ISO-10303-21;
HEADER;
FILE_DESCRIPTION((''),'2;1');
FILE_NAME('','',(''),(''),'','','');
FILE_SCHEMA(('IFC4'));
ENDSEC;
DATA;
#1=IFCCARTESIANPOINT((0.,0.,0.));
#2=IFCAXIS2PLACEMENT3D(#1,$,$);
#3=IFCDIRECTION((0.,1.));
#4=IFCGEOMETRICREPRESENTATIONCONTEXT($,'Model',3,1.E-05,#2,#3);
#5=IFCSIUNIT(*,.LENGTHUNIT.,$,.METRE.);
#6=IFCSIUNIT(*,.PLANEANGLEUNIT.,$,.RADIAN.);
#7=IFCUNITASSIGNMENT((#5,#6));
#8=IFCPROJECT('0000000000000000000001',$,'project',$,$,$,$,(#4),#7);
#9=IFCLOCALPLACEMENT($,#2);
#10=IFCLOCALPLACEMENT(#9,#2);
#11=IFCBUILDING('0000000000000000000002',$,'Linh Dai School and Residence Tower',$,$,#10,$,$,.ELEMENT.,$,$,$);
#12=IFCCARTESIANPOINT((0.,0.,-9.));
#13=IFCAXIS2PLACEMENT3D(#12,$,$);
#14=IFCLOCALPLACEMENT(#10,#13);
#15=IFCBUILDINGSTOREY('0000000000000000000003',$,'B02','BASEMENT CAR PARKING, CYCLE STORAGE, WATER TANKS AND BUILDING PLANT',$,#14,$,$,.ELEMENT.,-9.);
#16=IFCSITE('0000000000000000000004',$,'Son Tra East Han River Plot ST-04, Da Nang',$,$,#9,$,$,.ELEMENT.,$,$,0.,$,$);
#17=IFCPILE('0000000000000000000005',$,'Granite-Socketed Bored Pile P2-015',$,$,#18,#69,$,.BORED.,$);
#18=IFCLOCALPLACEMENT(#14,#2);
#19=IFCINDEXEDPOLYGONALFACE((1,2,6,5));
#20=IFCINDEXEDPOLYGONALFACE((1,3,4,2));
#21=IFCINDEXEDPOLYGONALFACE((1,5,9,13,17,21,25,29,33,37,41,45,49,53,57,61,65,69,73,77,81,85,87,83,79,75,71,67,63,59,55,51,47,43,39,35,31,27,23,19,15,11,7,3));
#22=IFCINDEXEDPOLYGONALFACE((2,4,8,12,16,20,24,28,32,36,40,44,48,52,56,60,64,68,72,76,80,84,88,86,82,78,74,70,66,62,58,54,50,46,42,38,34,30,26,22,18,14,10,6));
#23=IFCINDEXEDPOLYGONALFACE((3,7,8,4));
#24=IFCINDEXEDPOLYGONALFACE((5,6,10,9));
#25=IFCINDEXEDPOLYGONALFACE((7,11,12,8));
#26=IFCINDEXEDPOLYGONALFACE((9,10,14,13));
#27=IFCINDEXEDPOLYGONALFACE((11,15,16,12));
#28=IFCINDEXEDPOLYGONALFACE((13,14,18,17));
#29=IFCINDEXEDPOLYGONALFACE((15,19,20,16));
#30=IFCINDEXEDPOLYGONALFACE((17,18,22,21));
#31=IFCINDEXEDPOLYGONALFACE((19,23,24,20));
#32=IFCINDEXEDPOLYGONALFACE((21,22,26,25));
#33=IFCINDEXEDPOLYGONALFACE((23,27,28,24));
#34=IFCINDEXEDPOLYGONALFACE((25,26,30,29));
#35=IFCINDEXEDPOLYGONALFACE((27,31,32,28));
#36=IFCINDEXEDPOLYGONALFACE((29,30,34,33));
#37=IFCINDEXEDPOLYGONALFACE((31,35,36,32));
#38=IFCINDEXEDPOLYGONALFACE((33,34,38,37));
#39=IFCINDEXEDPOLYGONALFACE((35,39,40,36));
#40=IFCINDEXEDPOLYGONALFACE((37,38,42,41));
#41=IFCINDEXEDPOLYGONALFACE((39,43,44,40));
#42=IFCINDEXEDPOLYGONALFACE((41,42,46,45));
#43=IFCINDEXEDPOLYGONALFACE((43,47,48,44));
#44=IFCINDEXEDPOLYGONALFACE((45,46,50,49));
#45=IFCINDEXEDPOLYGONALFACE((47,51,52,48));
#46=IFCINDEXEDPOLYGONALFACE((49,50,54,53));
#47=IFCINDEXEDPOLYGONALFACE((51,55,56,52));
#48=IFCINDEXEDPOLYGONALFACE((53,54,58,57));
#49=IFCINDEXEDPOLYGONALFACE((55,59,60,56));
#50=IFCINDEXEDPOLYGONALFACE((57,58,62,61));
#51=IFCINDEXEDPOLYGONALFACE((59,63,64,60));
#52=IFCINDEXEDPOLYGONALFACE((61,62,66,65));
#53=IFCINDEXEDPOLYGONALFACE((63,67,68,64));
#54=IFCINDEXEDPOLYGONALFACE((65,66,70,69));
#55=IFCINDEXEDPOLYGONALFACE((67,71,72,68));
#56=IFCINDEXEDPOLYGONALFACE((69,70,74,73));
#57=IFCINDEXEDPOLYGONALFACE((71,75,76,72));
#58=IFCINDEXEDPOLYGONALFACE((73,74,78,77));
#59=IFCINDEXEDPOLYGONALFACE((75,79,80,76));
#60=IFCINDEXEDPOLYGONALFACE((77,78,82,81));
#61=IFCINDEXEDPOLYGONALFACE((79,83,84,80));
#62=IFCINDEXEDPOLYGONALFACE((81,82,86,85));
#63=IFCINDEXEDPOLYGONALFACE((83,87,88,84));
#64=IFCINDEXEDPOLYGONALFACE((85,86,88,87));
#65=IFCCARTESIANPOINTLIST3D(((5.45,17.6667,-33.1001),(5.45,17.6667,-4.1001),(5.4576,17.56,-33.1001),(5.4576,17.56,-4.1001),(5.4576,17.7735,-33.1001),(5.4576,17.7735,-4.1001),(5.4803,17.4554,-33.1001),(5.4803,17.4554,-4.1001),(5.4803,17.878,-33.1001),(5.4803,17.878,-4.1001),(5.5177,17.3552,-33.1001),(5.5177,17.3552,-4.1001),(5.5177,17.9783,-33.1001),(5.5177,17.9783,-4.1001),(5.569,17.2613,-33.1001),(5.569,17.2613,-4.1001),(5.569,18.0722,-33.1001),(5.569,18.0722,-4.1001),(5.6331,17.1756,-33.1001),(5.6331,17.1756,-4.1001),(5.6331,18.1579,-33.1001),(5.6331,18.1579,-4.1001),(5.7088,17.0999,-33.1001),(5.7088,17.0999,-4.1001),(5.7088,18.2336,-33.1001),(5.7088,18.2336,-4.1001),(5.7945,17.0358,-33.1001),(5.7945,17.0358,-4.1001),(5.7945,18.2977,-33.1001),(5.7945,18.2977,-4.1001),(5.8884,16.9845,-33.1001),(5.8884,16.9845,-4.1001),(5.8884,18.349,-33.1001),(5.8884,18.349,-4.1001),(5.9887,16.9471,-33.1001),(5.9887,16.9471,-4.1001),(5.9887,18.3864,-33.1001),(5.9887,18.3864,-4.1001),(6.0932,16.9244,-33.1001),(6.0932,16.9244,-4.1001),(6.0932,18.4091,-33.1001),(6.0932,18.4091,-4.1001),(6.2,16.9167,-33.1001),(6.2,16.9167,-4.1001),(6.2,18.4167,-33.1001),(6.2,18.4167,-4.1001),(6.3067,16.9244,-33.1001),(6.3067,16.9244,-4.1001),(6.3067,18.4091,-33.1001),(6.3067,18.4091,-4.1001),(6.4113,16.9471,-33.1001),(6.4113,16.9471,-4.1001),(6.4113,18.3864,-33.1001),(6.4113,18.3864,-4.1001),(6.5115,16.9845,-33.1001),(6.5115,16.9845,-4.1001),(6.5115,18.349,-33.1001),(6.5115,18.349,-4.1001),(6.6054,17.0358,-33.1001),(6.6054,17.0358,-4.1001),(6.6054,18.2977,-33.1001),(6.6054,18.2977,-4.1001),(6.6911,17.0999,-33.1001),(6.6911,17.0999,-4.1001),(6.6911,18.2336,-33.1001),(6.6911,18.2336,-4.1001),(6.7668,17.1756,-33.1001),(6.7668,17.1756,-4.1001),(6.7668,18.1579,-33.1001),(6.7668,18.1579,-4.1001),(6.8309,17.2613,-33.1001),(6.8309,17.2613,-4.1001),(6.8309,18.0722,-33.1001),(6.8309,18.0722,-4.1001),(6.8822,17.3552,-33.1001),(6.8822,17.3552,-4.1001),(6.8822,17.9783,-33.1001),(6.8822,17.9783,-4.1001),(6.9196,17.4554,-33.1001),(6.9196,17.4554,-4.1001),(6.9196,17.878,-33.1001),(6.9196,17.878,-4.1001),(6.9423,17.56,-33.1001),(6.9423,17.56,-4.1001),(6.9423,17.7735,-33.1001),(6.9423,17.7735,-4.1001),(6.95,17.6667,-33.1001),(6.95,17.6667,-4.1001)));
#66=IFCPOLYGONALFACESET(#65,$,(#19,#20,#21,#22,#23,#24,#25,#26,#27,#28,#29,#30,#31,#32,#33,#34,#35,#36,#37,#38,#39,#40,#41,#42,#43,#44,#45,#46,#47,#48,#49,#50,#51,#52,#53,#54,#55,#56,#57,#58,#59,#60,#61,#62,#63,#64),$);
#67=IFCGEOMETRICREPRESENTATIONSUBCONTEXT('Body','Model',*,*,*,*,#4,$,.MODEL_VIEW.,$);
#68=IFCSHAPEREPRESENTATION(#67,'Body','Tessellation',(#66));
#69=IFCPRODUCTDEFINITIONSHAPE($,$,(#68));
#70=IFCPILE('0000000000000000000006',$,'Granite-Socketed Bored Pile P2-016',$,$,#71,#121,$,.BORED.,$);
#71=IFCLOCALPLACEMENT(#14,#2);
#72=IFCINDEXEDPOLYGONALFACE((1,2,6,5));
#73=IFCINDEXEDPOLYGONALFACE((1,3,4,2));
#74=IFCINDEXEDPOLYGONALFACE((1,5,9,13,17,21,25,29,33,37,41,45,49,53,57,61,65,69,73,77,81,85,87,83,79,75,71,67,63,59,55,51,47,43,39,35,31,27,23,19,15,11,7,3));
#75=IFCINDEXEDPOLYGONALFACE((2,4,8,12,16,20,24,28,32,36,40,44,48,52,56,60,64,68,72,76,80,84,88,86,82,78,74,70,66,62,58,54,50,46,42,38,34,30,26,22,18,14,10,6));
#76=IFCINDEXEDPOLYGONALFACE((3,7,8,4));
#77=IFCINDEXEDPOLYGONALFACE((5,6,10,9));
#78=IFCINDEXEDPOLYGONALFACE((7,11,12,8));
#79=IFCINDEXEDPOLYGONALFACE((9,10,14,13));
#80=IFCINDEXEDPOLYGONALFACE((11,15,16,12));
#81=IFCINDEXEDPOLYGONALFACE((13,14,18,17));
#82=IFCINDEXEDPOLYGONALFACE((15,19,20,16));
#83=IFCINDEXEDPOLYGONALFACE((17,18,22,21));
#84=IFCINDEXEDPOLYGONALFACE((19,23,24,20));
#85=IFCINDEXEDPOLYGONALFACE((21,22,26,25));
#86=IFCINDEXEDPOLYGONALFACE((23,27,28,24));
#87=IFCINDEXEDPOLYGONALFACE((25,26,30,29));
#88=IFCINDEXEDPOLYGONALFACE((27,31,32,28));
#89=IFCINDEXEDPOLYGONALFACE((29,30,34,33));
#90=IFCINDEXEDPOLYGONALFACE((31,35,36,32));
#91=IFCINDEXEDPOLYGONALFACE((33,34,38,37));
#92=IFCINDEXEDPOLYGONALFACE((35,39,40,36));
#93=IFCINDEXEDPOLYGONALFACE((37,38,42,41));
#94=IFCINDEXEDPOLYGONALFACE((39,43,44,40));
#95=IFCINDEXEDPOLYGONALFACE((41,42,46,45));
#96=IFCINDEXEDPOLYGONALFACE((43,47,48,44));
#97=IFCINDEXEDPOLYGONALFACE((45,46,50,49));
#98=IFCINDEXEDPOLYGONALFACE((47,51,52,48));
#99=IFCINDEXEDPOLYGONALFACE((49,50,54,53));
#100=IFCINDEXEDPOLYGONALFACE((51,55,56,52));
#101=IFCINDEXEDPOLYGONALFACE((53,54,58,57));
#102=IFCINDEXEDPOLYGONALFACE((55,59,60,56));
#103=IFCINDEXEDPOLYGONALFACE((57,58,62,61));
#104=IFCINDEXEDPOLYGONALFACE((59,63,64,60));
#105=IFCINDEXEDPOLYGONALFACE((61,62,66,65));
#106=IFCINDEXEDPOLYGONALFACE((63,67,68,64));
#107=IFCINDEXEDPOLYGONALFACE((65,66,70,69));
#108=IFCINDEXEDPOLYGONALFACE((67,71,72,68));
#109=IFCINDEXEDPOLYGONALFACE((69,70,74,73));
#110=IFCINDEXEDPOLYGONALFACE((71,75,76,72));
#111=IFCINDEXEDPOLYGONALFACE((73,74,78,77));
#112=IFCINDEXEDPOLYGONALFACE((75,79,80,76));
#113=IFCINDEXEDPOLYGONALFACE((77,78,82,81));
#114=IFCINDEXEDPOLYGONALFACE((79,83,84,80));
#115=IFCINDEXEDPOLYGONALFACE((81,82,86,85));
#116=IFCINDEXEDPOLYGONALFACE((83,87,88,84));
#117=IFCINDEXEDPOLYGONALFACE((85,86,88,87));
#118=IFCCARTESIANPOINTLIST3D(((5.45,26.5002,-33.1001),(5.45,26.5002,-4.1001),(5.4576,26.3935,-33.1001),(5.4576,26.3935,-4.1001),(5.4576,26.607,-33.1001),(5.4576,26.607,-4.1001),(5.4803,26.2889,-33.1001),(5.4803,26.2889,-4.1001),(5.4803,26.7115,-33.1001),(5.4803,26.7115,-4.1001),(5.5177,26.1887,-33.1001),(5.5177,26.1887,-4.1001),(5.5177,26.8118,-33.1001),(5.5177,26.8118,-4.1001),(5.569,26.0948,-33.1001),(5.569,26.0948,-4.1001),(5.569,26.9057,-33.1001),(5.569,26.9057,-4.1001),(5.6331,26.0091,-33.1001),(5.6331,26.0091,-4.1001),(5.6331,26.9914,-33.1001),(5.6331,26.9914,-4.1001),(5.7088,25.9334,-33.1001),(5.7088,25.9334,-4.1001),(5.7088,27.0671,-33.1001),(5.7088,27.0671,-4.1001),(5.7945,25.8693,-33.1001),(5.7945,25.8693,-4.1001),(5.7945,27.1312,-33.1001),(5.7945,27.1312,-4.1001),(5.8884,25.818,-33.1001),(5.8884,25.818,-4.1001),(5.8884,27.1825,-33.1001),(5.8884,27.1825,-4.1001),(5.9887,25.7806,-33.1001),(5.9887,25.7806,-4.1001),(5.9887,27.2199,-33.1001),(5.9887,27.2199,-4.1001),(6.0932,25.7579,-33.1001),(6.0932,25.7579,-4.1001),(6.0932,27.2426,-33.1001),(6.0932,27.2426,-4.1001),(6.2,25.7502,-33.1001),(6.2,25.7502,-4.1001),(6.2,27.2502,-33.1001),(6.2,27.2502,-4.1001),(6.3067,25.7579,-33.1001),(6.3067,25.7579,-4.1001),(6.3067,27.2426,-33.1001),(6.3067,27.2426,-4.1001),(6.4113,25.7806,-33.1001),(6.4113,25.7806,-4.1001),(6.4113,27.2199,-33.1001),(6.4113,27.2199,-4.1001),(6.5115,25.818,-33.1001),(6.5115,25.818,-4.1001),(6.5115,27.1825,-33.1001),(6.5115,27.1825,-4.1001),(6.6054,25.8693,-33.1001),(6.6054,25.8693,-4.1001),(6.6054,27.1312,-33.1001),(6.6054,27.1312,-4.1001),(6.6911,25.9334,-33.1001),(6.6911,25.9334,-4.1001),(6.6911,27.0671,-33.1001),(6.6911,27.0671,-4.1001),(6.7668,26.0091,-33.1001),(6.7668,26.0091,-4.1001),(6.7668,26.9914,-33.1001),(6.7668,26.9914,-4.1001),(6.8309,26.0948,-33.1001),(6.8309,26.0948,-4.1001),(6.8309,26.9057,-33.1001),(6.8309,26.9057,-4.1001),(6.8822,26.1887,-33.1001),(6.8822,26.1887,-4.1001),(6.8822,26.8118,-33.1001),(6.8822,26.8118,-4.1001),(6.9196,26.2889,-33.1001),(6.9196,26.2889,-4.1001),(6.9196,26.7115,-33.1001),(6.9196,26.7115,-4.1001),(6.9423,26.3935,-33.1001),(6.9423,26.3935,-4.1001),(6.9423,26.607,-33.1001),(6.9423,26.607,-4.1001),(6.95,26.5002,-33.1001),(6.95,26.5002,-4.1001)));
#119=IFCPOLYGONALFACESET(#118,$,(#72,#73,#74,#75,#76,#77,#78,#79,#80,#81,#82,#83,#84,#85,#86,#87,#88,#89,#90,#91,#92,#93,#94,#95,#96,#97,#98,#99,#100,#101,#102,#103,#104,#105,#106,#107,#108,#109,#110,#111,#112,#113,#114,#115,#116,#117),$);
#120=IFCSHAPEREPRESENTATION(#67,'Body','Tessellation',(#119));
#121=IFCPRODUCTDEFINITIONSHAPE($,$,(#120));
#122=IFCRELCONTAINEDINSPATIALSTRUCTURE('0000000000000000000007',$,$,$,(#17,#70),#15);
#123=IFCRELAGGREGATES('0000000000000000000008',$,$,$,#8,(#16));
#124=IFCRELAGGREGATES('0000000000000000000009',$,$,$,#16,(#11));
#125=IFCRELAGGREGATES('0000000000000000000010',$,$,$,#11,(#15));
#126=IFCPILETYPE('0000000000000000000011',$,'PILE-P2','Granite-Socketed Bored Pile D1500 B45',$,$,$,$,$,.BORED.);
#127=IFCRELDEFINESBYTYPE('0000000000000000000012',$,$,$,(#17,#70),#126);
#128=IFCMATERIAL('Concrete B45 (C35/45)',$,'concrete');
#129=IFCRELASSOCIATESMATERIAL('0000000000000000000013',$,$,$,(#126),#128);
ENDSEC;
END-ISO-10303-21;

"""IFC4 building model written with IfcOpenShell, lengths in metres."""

from ifc_helpers import new_model, si_unit, direction, frame, origin, origin_2d, place, context, subcontext, project, spatial, circle, extrude, material, material_profile, profile_set, type_object, element, save


model = new_model("IFC4")

# Units and contexts
model_context = context("Model", 3, precision=1e-05, world=origin(), true_north=direction((0.0, 1.0)))
body_context = subcontext(model_context, "Body", "Model", "MODEL_VIEW")
ifc_project = project(units=[si_unit("LENGTHUNIT", "METRE"), si_unit("PLANEANGLEUNIT", "RADIAN")], contexts=[model_context])

# Site, building, storey
site_placement = place(None, origin())
site = spatial("IfcSite", under=ifc_project, at=site_placement, Name="Son Tra East Han River Plot ST-04, Da Nang", CompositionType="ELEMENT", RefElevation=0.0)
building_placement = place(site_placement, origin())
building = spatial("IfcBuilding", under=site, at=building_placement, Name="Linh Dai School and Residence Tower", CompositionType="ELEMENT")
storey_placement = place(building_placement, frame((0.0, 0.0, -9.0)))
storey = spatial("IfcBuildingStorey", under=building, at=storey_placement, Name="B02", Description="BASEMENT CAR PARKING, CYCLE STORAGE, WATER TANKS AND BUILDING PLANT", CompositionType="ELEMENT", Elevation=-9.0)

# Shared definitions
ifc_material_1 = material(Name="Concrete B45 (C35/45)", Category="concrete")

# Piles
ifc_material_profile_1 = material_profile(ifc_material_1, circle(Radius=0.75, at=origin_2d()), Name="PILE D1500")
ifc_profile_set_1 = profile_set([ifc_material_profile_1], Name="Concrete B45 (C35/45)")
pile_type = type_object("IfcPileType", Name="PILE-P2", Description="Granite-Socketed Bored Pile D1500 B45", PredefinedType="BORED", material=ifc_profile_set_1)
for number, where, z_axis, x_axis, name in (
    (1, (6.2, 17.6667, -4.1001), (0.0, 0.0, -1.0), (1.0, 0.0, 0.0), "Granite-Socketed Bored Pile P2-015"),
    (2, (6.2, 26.5002, -4.1001), (0.0, 0.0, -1.0), (1.0, 0.0, 0.0), "Granite-Socketed Bored Pile P2-016"),
):
    element("IfcPile", number, at=place(storey_placement, frame(where, z_axis=z_axis, x_axis=x_axis)), inside=storey, type_object=pile_type, Name=name, PredefinedType="BORED", context=body_context, shape_type="SweptSolid", body=[
        extrude(circle(Radius=0.75, at=origin_2d()), origin(), (0.0, 0.0, 1.0), 29.0),
    ])

save(model, "model.ifc")
